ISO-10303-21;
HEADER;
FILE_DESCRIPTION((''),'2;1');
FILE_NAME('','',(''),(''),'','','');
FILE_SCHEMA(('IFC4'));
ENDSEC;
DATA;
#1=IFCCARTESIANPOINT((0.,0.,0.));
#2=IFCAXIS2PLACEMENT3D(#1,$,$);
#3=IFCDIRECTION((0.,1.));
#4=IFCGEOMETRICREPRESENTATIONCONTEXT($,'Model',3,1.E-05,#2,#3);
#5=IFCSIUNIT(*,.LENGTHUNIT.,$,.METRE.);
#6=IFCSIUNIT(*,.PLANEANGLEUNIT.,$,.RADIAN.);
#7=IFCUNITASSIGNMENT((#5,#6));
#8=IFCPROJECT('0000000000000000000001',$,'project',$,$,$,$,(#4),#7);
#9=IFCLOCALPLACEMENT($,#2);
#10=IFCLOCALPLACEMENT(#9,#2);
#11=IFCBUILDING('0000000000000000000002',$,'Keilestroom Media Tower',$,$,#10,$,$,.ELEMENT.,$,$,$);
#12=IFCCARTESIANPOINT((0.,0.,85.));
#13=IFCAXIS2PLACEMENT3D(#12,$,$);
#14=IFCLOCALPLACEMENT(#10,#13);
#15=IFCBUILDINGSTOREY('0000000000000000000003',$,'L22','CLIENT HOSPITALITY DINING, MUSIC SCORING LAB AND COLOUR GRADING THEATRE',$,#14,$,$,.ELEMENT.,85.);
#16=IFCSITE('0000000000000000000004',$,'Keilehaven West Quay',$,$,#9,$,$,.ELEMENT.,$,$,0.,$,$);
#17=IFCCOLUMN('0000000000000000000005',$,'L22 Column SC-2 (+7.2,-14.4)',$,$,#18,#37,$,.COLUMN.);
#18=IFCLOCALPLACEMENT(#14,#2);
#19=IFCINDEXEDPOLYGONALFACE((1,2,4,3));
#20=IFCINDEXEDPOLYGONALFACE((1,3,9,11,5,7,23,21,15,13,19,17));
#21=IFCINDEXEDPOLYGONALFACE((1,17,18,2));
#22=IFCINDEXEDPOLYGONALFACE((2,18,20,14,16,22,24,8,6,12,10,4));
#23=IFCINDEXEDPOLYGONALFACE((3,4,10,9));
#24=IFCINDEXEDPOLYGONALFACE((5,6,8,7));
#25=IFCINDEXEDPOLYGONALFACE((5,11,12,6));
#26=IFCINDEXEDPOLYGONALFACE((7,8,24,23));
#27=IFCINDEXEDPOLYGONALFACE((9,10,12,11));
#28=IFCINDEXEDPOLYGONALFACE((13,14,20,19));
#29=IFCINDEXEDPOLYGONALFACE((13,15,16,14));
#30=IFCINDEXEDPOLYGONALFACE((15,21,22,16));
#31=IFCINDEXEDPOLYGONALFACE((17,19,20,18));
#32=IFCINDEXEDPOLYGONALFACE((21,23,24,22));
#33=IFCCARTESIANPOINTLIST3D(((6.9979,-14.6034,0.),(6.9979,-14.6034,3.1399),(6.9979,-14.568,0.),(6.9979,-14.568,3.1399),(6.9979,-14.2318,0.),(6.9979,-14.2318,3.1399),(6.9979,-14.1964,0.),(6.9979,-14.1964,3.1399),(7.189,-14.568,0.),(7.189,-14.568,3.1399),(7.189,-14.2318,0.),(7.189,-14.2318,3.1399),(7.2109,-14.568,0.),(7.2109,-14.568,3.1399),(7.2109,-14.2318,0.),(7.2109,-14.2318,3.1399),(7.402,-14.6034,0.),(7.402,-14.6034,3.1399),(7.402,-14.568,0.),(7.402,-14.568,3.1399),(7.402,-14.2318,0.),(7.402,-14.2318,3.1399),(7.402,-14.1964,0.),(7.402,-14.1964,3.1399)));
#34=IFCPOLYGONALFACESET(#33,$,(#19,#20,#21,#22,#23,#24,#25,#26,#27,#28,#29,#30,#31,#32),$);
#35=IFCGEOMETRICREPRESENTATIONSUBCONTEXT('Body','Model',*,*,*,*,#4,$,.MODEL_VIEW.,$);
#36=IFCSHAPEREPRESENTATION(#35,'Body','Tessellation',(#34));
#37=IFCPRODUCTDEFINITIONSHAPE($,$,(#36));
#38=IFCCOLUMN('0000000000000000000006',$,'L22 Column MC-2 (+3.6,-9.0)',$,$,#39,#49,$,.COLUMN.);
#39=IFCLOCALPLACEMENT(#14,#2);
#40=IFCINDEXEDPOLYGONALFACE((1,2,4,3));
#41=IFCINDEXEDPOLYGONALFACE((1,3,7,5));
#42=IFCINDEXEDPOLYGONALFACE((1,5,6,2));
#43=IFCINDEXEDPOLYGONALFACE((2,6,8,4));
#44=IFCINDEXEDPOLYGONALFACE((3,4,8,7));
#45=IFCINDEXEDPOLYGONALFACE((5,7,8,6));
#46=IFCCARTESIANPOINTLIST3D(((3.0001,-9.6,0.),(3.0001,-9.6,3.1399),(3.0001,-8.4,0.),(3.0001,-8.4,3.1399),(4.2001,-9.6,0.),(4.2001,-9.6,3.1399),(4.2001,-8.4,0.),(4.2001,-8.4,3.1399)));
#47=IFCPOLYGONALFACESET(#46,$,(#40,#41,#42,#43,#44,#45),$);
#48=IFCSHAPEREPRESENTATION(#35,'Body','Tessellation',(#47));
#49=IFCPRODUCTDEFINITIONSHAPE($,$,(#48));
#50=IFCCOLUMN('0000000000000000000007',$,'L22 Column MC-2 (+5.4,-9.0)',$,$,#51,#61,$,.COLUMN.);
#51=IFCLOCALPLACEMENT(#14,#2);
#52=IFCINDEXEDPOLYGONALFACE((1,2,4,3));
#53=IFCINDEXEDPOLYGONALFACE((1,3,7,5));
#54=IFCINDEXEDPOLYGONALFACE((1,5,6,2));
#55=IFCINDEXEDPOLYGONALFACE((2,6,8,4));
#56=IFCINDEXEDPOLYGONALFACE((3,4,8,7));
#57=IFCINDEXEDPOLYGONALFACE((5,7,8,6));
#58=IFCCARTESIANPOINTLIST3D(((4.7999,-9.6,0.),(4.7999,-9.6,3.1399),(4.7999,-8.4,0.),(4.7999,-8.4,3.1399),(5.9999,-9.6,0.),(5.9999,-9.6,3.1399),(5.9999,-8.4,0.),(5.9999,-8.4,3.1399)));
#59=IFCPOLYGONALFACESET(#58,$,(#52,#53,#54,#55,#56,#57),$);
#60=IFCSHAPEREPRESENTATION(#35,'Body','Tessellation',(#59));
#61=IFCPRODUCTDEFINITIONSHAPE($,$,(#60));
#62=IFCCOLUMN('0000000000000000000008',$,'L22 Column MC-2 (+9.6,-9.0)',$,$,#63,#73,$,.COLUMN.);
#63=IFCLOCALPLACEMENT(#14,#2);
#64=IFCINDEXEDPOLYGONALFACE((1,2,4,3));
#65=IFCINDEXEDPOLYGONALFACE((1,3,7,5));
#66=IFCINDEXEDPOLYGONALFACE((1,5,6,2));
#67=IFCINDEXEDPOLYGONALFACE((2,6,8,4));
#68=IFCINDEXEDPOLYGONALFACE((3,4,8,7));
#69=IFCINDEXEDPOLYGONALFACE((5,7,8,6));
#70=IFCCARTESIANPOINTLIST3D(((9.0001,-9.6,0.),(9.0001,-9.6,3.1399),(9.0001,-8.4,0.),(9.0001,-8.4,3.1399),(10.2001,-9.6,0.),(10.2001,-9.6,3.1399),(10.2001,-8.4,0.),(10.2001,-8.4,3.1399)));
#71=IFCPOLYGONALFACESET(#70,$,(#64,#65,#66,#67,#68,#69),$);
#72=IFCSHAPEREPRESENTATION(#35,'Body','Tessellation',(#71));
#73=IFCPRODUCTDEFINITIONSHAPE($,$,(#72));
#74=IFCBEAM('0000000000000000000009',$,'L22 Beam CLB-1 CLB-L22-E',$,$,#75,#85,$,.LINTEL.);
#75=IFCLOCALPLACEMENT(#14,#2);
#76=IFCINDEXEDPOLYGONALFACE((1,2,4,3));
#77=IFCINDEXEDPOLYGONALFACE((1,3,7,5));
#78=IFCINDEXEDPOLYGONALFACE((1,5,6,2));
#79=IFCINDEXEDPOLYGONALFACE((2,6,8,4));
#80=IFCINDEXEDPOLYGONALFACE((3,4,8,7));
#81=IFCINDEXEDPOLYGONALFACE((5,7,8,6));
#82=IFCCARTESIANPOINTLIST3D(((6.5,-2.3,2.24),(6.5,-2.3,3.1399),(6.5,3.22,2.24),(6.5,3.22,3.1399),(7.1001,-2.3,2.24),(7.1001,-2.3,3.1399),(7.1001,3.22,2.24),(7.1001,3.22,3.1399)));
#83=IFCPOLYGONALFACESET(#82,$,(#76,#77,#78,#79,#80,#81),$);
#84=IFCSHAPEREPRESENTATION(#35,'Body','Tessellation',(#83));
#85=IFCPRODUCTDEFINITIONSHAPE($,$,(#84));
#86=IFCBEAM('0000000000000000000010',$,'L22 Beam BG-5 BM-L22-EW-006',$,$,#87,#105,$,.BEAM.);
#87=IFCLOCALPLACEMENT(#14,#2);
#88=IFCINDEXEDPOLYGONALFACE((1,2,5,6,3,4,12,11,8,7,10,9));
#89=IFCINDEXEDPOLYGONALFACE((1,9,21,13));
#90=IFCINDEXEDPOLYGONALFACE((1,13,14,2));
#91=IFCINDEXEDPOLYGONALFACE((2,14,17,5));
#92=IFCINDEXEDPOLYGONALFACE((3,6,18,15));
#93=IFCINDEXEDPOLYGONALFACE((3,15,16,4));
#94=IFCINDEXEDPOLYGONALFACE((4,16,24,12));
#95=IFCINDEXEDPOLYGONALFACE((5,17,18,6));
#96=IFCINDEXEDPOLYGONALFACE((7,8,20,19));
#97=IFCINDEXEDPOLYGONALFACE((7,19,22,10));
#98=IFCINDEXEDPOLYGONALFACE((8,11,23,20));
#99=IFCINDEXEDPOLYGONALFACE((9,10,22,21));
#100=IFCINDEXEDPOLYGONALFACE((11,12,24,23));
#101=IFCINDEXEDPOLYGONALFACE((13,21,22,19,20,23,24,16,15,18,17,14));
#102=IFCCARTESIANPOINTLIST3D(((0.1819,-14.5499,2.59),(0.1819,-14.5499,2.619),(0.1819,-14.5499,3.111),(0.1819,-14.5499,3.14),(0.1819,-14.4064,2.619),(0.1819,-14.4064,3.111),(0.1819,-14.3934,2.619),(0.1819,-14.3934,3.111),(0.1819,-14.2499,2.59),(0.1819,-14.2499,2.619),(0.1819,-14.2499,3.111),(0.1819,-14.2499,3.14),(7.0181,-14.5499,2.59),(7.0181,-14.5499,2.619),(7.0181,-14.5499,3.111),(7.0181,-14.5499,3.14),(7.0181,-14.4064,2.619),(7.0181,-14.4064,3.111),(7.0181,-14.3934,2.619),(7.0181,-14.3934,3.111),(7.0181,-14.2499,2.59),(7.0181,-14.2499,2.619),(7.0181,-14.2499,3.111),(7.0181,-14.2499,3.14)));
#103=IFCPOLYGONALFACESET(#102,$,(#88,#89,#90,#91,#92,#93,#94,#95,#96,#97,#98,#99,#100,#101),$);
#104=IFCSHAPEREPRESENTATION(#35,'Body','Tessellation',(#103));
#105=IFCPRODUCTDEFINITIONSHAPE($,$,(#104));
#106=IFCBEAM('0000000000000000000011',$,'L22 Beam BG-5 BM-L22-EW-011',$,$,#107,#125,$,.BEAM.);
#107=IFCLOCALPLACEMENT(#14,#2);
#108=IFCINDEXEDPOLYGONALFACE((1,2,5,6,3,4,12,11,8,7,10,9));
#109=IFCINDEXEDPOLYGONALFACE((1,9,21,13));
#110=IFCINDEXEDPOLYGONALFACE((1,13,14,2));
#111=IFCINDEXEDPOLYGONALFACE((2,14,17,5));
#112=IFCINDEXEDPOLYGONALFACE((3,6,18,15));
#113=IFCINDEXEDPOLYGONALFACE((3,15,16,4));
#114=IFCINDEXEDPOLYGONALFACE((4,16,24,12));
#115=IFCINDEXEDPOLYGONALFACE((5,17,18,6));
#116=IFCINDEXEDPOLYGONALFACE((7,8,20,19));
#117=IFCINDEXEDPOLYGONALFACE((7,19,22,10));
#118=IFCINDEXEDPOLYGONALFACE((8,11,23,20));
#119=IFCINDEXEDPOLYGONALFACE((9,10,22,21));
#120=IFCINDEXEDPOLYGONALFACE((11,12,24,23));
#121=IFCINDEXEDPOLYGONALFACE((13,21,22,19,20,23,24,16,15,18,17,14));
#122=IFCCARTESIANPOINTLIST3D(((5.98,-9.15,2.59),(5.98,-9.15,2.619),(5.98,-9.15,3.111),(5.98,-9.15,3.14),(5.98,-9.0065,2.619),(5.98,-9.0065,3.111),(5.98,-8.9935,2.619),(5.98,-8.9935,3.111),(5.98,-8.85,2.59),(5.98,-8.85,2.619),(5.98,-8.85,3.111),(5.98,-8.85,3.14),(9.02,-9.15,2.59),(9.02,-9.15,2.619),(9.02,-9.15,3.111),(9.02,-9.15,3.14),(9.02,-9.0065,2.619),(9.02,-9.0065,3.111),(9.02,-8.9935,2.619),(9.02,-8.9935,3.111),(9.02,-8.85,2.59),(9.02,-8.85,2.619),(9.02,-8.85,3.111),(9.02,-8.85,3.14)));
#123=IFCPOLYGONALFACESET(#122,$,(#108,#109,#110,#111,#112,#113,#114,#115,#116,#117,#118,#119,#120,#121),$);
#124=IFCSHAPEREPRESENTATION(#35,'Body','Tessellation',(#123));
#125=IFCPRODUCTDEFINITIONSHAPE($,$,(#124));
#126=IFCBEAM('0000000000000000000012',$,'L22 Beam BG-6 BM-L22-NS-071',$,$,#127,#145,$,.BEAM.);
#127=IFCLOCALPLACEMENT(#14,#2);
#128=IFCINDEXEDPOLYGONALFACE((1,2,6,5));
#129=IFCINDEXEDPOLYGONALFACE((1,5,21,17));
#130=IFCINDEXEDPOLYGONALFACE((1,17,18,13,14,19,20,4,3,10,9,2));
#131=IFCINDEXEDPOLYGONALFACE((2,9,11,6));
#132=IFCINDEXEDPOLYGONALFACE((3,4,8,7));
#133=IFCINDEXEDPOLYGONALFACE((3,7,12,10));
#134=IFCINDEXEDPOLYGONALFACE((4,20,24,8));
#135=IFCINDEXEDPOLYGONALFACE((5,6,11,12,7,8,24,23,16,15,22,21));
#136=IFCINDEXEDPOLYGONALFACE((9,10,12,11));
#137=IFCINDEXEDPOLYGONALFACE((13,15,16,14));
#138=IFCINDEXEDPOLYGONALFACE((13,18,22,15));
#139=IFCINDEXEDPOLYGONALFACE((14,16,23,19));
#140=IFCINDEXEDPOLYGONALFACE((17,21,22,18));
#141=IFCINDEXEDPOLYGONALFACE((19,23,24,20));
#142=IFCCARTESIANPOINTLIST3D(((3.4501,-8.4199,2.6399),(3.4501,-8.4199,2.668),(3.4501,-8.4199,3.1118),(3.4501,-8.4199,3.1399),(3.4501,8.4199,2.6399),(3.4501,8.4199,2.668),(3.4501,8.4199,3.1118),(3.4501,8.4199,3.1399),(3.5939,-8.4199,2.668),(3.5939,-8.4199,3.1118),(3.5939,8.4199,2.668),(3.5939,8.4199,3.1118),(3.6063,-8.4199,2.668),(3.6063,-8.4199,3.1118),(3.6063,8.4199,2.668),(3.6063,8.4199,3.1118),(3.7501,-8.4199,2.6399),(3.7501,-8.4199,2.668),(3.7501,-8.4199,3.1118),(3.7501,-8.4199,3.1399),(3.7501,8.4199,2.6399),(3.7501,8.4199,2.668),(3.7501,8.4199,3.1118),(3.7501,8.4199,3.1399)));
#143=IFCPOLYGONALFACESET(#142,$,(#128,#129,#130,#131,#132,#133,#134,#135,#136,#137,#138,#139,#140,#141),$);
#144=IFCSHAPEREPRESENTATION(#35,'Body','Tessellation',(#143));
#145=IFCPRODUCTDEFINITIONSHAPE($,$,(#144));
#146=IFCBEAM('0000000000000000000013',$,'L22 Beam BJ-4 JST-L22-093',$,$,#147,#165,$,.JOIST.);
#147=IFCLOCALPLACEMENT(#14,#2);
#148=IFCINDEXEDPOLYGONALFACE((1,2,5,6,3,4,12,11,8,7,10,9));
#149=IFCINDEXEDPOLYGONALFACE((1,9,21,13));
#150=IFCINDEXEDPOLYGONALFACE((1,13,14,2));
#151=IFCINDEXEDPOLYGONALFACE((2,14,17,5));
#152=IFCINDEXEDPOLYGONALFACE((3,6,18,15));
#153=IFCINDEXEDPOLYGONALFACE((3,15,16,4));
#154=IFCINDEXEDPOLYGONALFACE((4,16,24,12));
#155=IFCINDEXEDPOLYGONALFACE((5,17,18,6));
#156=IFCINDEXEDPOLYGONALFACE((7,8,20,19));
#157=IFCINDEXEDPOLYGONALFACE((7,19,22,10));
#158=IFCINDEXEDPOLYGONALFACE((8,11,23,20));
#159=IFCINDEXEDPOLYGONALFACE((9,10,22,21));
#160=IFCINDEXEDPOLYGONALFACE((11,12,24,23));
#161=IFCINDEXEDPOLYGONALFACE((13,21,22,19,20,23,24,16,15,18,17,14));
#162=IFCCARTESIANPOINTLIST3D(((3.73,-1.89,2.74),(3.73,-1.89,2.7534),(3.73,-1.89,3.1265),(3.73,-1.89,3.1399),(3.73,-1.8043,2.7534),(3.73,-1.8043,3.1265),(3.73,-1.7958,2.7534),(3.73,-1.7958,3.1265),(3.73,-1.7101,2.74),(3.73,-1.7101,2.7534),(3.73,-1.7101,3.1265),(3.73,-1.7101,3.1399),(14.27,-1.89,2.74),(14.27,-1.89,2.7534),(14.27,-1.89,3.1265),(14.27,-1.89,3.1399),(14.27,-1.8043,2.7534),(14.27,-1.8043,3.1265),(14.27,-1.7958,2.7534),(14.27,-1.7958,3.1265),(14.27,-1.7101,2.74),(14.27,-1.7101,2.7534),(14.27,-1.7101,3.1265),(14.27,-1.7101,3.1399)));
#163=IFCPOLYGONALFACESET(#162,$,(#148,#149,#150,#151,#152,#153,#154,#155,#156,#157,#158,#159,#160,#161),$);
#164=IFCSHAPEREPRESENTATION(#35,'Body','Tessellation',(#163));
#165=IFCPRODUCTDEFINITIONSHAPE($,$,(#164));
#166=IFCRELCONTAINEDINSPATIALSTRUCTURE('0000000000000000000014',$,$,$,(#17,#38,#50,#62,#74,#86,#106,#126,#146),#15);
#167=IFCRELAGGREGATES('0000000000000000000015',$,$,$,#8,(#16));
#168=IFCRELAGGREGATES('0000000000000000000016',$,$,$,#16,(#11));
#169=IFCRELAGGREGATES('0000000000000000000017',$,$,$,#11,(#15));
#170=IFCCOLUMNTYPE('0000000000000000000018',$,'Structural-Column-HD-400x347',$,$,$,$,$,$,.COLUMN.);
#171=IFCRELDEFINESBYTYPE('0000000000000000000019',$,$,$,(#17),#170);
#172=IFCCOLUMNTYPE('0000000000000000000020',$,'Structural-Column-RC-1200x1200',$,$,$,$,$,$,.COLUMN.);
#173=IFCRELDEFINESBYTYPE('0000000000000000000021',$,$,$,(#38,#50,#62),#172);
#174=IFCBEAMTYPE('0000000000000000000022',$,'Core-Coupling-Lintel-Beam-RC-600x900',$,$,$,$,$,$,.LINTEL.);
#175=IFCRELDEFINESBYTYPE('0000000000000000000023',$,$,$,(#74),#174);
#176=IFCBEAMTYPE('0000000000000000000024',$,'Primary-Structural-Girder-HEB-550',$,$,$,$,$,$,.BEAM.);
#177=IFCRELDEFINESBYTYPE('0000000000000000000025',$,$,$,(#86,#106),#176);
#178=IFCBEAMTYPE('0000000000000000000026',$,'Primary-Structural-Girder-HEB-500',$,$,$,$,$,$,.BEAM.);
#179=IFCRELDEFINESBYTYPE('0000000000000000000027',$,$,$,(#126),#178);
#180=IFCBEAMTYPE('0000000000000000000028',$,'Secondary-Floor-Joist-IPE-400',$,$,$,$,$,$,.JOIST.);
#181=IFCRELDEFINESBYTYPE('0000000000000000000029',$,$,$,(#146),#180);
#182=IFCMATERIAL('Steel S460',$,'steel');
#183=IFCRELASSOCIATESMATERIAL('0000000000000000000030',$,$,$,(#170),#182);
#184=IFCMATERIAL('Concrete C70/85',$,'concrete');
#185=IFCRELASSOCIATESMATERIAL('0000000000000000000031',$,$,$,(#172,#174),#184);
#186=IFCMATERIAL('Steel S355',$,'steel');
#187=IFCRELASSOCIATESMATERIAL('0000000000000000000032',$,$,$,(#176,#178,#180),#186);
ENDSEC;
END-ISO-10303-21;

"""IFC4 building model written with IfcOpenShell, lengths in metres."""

from ifc_helpers import new_model, si_unit, direction, frame, origin, origin_2d, place, context, subcontext, project, spatial, rectangle, i_section, extrude, source, transform, mapped, material, material_profile, profile_set, type_object, element, save


model = new_model("IFC4")

# Units and contexts
model_context = context("Model", 3, precision=1e-05, world=origin(), true_north=direction((0.0, 1.0)))
body_context = subcontext(model_context, "Body", "Model", "MODEL_VIEW")
ifc_project = project(units=[si_unit("LENGTHUNIT", "METRE"), si_unit("PLANEANGLEUNIT", "RADIAN")], contexts=[model_context])

# Site, building, storey
site_placement = place(None, origin())
site = spatial("IfcSite", under=ifc_project, at=site_placement, Name="Keilehaven West Quay", CompositionType="ELEMENT", RefElevation=0.0)
building_placement = place(site_placement, origin())
building = spatial("IfcBuilding", under=site, at=building_placement, Name="Keilestroom Media Tower", CompositionType="ELEMENT")
storey_placement = place(building_placement, frame((0.0, 0.0, 85.0)))
storey = spatial("IfcBuildingStorey", under=building, at=storey_placement, Name="L22", Description="CLIENT HOSPITALITY DINING, MUSIC SCORING LAB AND COLOUR GRADING THEATRE", CompositionType="ELEMENT", Elevation=85.0)

# Columns
ifc_material_1 = material(Name="Steel S460", Category="steel")
ifc_material_profile_1 = material_profile(ifc_material_1, i_section(OverallWidth=0.4041, OverallDepth=0.407, WebThickness=0.022, FlangeThickness=0.0354, at=origin_2d()), Name="HD 400x347")
ifc_profile_set_1 = profile_set([ifc_material_profile_1], Name="Steel S460")
column_type_1 = type_object("IfcColumnType", Name="Structural-Column-HD-400x347", PredefinedType="COLUMN", material=ifc_profile_set_1)
shared_shape_1 = source(origin(), body_context, "Body", "SweptSolid", [
    extrude(i_section(OverallWidth=0.4041, OverallDepth=0.407, WebThickness=0.022, FlangeThickness=0.0354, at=origin_2d()), origin(), (0.0, 0.0, 1.0), 3.1399),
])
column_placement = place(storey_placement, frame((7.2, -14.3999, 0.0), z_axis=(0.0, 0.0, 1.0), x_axis=(1.0, 0.0, 0.0)))
element("IfcColumn", 1, at=column_placement, inside=storey, type_object=column_type_1, Name="L22 Column SC-2 (+7.2,-14.4)", PredefinedType="COLUMN", context=body_context, shape_type="MappedRepresentation", body=[
    mapped(shared_shape_1, transform((0.0, 0.0, 0.0), x_axis=(1.0, 0.0, 0.0), y_axis=(0.0, 1.0, 0.0), z_axis=(0.0, 0.0, 1.0), scale=1.0)),
])
ifc_material_2 = material(Name="Concrete C70/85", Category="concrete")
ifc_material_profile_2 = material_profile(ifc_material_2, rectangle(XDim=1.2, YDim=1.2, at=origin_2d()), Name="RC 1200x1200")
ifc_profile_set_2 = profile_set([ifc_material_profile_2], Name="Concrete C70/85")
column_type_2 = type_object("IfcColumnType", Name="Structural-Column-RC-1200x1200", PredefinedType="COLUMN", material=ifc_profile_set_2)
shared_shape_2 = source(origin(), body_context, "Body", "SweptSolid", [
    extrude(rectangle(XDim=1.2, YDim=1.2, at=origin_2d()), origin(), (0.0, 0.0, 1.0), 3.1399),
])
for number, where, z_axis, x_axis, name in (
    (2, (3.6001, -9.0, 0.0), (0.0, 0.0, 1.0), (1.0, 0.0, 0.0), "L22 Column MC-2 (+3.6,-9.0)"),
    (3, (5.3999, -9.0, 0.0), (0.0, 0.0, 1.0), (1.0, 0.0, 0.0), "L22 Column MC-2 (+5.4,-9.0)"),
    (4, (9.6001, -9.0, 0.0), (0.0, 0.0, 1.0), (1.0, 0.0, 0.0), "L22 Column MC-2 (+9.6,-9.0)"),
):
    element("IfcColumn", number, at=place(storey_placement, frame(where, z_axis=z_axis, x_axis=x_axis)), inside=storey, type_object=column_type_2, Name=name, PredefinedType="COLUMN", context=body_context, shape_type="MappedRepresentation", body=[
        mapped(shared_shape_2, transform((0.0, 0.0, 0.0), x_axis=(1.0, 0.0, 0.0), y_axis=(0.0, 1.0, 0.0), z_axis=(0.0, 0.0, 1.0), scale=1.0)),
    ])

# Beams
ifc_material_profile_3 = material_profile(ifc_material_2, rectangle(XDim=0.6001, YDim=0.8999, at=origin_2d()), Name="RC 600x900")
ifc_profile_set_3 = profile_set([ifc_material_profile_3], Name="Concrete C70/85")
beam_type_1 = type_object("IfcBeamType", Name="Core-Coupling-Lintel-Beam-RC-600x900", PredefinedType="LINTEL", material=ifc_profile_set_3)
shared_shape_3 = source(origin(), body_context, "Body", "SweptSolid", [
    extrude(rectangle(XDim=0.6001, YDim=0.8999, at=origin_2d()), origin(), (0.0, 0.0, 1.0), 5.52),
])
beam_1_placement = place(storey_placement, frame((6.8, -2.3, 2.6899), z_axis=(0.0, 1.0, 0.0), x_axis=(-1.0, 0.0, 0.0)))
element("IfcBeam", 5, at=beam_1_placement, inside=storey, type_object=beam_type_1, Name="L22 Beam CLB-1 CLB-L22-E", PredefinedType="LINTEL", context=body_context, shape_type="MappedRepresentation", body=[
    mapped(shared_shape_3, transform((0.0, 0.0, 0.0), x_axis=(1.0, 0.0, 0.0), y_axis=(0.0, 1.0, 0.0), z_axis=(0.0, 0.0, 1.0), scale=1.0)),
])
ifc_material_3 = material(Name="Steel S355", Category="steel")
ifc_material_profile_4 = material_profile(ifc_material_3, i_section(OverallWidth=0.3, OverallDepth=0.55, WebThickness=0.0129, FlangeThickness=0.0291, at=origin_2d()), Name="HEB 550")
ifc_profile_set_4 = profile_set([ifc_material_profile_4], Name="Steel S355")
beam_type_2 = type_object("IfcBeamType", Name="Primary-Structural-Girder-HEB-550", PredefinedType="BEAM", material=ifc_profile_set_4)
shared_shape_4 = source(origin(), body_context, "Body", "SweptSolid", [
    extrude(i_section(OverallWidth=0.3, OverallDepth=0.55, WebThickness=0.0129, FlangeThickness=0.0291, at=origin_2d()), origin(), (0.0, 0.0, 1.0), 6.8362),
])
beam_2_placement = place(storey_placement, frame((0.1819, -14.3999, 2.865), z_axis=(1.0, 0.0, 0.0), x_axis=(0.0, 1.0, 0.0)))
element("IfcBeam", 6, at=beam_2_placement, inside=storey, type_object=beam_type_2, Name="L22 Beam BG-5 BM-L22-EW-006", PredefinedType="BEAM", context=body_context, shape_type="MappedRepresentation", body=[
    mapped(shared_shape_4, transform((0.0, 0.0, 0.0), x_axis=(1.0, 0.0, 0.0), y_axis=(0.0, 1.0, 0.0), z_axis=(0.0, 0.0, 1.0), scale=1.0)),
])
shared_shape_5 = source(origin(), body_context, "Body", "SweptSolid", [
    extrude(i_section(OverallWidth=0.3, OverallDepth=0.55, WebThickness=0.0129, FlangeThickness=0.0291, at=origin_2d()), origin(), (0.0, 0.0, 1.0), 3.04),
])
beam_3_placement = place(storey_placement, frame((5.98, -9.0, 2.865), z_axis=(1.0, 0.0, 0.0), x_axis=(0.0, 1.0, 0.0)))
element("IfcBeam", 7, at=beam_3_placement, inside=storey, type_object=beam_type_2, Name="L22 Beam BG-5 BM-L22-EW-011", PredefinedType="BEAM", context=body_context, shape_type="MappedRepresentation", body=[
    mapped(shared_shape_5, transform((0.0, 0.0, 0.0), x_axis=(1.0, 0.0, 0.0), y_axis=(0.0, 1.0, 0.0), z_axis=(0.0, 0.0, 1.0), scale=1.0)),
])
ifc_material_profile_5 = material_profile(ifc_material_3, i_section(OverallWidth=0.3, OverallDepth=0.5, WebThickness=0.0125, FlangeThickness=0.0281, at=origin_2d()), Name="HEB 500")
ifc_profile_set_5 = profile_set([ifc_material_profile_5], Name="Steel S355")
beam_type_3 = type_object("IfcBeamType", Name="Primary-Structural-Girder-HEB-500", PredefinedType="BEAM", material=ifc_profile_set_5)
shared_shape_6 = source(origin(), body_context, "Body", "SweptSolid", [
    extrude(i_section(OverallWidth=0.3, OverallDepth=0.5, WebThickness=0.0125, FlangeThickness=0.0281, at=origin_2d()), origin(), (0.0, 0.0, 1.0), 16.8398),
])
beam_4_placement = place(storey_placement, frame((3.6001, -8.4199, 2.8899), z_axis=(0.0, 1.0, 0.0), x_axis=(-1.0, 0.0, 0.0)))
element("IfcBeam", 8, at=beam_4_placement, inside=storey, type_object=beam_type_3, Name="L22 Beam BG-6 BM-L22-NS-071", PredefinedType="BEAM", context=body_context, shape_type="MappedRepresentation", body=[
    mapped(shared_shape_6, transform((0.0, 0.0, 0.0), x_axis=(1.0, 0.0, 0.0), y_axis=(0.0, 1.0, 0.0), z_axis=(0.0, 0.0, 1.0), scale=1.0)),
])
ifc_material_profile_6 = material_profile(ifc_material_3, i_section(OverallWidth=0.1799, OverallDepth=0.3999, WebThickness=0.0085, FlangeThickness=0.0134, at=origin_2d()), Name="IPE 400")
ifc_profile_set_6 = profile_set([ifc_material_profile_6], Name="Steel S355")
beam_type_4 = type_object("IfcBeamType", Name="Secondary-Floor-Joist-IPE-400", PredefinedType="JOIST", material=ifc_profile_set_6)
shared_shape_7 = source(origin(), body_context, "Body", "SweptSolid", [
    extrude(i_section(OverallWidth=0.1799, OverallDepth=0.3999, WebThickness=0.0085, FlangeThickness=0.0134, at=origin_2d()), origin(), (0.0, 0.0, 1.0), 10.54),
])
beam_5_placement = place(storey_placement, frame((3.73, -1.8, 2.9399), z_axis=(1.0, 0.0, 0.0), x_axis=(0.0, 1.0, 0.0)))
element("IfcBeam", 9, at=beam_5_placement, inside=storey, type_object=beam_type_4, Name="L22 Beam BJ-4 JST-L22-093", PredefinedType="JOIST", context=body_context, shape_type="MappedRepresentation", body=[
    mapped(shared_shape_7, transform((0.0, 0.0, 0.0), x_axis=(1.0, 0.0, 0.0), y_axis=(0.0, 1.0, 0.0), z_axis=(0.0, 0.0, 1.0), scale=1.0)),
])

save(model, "model.ifc")
